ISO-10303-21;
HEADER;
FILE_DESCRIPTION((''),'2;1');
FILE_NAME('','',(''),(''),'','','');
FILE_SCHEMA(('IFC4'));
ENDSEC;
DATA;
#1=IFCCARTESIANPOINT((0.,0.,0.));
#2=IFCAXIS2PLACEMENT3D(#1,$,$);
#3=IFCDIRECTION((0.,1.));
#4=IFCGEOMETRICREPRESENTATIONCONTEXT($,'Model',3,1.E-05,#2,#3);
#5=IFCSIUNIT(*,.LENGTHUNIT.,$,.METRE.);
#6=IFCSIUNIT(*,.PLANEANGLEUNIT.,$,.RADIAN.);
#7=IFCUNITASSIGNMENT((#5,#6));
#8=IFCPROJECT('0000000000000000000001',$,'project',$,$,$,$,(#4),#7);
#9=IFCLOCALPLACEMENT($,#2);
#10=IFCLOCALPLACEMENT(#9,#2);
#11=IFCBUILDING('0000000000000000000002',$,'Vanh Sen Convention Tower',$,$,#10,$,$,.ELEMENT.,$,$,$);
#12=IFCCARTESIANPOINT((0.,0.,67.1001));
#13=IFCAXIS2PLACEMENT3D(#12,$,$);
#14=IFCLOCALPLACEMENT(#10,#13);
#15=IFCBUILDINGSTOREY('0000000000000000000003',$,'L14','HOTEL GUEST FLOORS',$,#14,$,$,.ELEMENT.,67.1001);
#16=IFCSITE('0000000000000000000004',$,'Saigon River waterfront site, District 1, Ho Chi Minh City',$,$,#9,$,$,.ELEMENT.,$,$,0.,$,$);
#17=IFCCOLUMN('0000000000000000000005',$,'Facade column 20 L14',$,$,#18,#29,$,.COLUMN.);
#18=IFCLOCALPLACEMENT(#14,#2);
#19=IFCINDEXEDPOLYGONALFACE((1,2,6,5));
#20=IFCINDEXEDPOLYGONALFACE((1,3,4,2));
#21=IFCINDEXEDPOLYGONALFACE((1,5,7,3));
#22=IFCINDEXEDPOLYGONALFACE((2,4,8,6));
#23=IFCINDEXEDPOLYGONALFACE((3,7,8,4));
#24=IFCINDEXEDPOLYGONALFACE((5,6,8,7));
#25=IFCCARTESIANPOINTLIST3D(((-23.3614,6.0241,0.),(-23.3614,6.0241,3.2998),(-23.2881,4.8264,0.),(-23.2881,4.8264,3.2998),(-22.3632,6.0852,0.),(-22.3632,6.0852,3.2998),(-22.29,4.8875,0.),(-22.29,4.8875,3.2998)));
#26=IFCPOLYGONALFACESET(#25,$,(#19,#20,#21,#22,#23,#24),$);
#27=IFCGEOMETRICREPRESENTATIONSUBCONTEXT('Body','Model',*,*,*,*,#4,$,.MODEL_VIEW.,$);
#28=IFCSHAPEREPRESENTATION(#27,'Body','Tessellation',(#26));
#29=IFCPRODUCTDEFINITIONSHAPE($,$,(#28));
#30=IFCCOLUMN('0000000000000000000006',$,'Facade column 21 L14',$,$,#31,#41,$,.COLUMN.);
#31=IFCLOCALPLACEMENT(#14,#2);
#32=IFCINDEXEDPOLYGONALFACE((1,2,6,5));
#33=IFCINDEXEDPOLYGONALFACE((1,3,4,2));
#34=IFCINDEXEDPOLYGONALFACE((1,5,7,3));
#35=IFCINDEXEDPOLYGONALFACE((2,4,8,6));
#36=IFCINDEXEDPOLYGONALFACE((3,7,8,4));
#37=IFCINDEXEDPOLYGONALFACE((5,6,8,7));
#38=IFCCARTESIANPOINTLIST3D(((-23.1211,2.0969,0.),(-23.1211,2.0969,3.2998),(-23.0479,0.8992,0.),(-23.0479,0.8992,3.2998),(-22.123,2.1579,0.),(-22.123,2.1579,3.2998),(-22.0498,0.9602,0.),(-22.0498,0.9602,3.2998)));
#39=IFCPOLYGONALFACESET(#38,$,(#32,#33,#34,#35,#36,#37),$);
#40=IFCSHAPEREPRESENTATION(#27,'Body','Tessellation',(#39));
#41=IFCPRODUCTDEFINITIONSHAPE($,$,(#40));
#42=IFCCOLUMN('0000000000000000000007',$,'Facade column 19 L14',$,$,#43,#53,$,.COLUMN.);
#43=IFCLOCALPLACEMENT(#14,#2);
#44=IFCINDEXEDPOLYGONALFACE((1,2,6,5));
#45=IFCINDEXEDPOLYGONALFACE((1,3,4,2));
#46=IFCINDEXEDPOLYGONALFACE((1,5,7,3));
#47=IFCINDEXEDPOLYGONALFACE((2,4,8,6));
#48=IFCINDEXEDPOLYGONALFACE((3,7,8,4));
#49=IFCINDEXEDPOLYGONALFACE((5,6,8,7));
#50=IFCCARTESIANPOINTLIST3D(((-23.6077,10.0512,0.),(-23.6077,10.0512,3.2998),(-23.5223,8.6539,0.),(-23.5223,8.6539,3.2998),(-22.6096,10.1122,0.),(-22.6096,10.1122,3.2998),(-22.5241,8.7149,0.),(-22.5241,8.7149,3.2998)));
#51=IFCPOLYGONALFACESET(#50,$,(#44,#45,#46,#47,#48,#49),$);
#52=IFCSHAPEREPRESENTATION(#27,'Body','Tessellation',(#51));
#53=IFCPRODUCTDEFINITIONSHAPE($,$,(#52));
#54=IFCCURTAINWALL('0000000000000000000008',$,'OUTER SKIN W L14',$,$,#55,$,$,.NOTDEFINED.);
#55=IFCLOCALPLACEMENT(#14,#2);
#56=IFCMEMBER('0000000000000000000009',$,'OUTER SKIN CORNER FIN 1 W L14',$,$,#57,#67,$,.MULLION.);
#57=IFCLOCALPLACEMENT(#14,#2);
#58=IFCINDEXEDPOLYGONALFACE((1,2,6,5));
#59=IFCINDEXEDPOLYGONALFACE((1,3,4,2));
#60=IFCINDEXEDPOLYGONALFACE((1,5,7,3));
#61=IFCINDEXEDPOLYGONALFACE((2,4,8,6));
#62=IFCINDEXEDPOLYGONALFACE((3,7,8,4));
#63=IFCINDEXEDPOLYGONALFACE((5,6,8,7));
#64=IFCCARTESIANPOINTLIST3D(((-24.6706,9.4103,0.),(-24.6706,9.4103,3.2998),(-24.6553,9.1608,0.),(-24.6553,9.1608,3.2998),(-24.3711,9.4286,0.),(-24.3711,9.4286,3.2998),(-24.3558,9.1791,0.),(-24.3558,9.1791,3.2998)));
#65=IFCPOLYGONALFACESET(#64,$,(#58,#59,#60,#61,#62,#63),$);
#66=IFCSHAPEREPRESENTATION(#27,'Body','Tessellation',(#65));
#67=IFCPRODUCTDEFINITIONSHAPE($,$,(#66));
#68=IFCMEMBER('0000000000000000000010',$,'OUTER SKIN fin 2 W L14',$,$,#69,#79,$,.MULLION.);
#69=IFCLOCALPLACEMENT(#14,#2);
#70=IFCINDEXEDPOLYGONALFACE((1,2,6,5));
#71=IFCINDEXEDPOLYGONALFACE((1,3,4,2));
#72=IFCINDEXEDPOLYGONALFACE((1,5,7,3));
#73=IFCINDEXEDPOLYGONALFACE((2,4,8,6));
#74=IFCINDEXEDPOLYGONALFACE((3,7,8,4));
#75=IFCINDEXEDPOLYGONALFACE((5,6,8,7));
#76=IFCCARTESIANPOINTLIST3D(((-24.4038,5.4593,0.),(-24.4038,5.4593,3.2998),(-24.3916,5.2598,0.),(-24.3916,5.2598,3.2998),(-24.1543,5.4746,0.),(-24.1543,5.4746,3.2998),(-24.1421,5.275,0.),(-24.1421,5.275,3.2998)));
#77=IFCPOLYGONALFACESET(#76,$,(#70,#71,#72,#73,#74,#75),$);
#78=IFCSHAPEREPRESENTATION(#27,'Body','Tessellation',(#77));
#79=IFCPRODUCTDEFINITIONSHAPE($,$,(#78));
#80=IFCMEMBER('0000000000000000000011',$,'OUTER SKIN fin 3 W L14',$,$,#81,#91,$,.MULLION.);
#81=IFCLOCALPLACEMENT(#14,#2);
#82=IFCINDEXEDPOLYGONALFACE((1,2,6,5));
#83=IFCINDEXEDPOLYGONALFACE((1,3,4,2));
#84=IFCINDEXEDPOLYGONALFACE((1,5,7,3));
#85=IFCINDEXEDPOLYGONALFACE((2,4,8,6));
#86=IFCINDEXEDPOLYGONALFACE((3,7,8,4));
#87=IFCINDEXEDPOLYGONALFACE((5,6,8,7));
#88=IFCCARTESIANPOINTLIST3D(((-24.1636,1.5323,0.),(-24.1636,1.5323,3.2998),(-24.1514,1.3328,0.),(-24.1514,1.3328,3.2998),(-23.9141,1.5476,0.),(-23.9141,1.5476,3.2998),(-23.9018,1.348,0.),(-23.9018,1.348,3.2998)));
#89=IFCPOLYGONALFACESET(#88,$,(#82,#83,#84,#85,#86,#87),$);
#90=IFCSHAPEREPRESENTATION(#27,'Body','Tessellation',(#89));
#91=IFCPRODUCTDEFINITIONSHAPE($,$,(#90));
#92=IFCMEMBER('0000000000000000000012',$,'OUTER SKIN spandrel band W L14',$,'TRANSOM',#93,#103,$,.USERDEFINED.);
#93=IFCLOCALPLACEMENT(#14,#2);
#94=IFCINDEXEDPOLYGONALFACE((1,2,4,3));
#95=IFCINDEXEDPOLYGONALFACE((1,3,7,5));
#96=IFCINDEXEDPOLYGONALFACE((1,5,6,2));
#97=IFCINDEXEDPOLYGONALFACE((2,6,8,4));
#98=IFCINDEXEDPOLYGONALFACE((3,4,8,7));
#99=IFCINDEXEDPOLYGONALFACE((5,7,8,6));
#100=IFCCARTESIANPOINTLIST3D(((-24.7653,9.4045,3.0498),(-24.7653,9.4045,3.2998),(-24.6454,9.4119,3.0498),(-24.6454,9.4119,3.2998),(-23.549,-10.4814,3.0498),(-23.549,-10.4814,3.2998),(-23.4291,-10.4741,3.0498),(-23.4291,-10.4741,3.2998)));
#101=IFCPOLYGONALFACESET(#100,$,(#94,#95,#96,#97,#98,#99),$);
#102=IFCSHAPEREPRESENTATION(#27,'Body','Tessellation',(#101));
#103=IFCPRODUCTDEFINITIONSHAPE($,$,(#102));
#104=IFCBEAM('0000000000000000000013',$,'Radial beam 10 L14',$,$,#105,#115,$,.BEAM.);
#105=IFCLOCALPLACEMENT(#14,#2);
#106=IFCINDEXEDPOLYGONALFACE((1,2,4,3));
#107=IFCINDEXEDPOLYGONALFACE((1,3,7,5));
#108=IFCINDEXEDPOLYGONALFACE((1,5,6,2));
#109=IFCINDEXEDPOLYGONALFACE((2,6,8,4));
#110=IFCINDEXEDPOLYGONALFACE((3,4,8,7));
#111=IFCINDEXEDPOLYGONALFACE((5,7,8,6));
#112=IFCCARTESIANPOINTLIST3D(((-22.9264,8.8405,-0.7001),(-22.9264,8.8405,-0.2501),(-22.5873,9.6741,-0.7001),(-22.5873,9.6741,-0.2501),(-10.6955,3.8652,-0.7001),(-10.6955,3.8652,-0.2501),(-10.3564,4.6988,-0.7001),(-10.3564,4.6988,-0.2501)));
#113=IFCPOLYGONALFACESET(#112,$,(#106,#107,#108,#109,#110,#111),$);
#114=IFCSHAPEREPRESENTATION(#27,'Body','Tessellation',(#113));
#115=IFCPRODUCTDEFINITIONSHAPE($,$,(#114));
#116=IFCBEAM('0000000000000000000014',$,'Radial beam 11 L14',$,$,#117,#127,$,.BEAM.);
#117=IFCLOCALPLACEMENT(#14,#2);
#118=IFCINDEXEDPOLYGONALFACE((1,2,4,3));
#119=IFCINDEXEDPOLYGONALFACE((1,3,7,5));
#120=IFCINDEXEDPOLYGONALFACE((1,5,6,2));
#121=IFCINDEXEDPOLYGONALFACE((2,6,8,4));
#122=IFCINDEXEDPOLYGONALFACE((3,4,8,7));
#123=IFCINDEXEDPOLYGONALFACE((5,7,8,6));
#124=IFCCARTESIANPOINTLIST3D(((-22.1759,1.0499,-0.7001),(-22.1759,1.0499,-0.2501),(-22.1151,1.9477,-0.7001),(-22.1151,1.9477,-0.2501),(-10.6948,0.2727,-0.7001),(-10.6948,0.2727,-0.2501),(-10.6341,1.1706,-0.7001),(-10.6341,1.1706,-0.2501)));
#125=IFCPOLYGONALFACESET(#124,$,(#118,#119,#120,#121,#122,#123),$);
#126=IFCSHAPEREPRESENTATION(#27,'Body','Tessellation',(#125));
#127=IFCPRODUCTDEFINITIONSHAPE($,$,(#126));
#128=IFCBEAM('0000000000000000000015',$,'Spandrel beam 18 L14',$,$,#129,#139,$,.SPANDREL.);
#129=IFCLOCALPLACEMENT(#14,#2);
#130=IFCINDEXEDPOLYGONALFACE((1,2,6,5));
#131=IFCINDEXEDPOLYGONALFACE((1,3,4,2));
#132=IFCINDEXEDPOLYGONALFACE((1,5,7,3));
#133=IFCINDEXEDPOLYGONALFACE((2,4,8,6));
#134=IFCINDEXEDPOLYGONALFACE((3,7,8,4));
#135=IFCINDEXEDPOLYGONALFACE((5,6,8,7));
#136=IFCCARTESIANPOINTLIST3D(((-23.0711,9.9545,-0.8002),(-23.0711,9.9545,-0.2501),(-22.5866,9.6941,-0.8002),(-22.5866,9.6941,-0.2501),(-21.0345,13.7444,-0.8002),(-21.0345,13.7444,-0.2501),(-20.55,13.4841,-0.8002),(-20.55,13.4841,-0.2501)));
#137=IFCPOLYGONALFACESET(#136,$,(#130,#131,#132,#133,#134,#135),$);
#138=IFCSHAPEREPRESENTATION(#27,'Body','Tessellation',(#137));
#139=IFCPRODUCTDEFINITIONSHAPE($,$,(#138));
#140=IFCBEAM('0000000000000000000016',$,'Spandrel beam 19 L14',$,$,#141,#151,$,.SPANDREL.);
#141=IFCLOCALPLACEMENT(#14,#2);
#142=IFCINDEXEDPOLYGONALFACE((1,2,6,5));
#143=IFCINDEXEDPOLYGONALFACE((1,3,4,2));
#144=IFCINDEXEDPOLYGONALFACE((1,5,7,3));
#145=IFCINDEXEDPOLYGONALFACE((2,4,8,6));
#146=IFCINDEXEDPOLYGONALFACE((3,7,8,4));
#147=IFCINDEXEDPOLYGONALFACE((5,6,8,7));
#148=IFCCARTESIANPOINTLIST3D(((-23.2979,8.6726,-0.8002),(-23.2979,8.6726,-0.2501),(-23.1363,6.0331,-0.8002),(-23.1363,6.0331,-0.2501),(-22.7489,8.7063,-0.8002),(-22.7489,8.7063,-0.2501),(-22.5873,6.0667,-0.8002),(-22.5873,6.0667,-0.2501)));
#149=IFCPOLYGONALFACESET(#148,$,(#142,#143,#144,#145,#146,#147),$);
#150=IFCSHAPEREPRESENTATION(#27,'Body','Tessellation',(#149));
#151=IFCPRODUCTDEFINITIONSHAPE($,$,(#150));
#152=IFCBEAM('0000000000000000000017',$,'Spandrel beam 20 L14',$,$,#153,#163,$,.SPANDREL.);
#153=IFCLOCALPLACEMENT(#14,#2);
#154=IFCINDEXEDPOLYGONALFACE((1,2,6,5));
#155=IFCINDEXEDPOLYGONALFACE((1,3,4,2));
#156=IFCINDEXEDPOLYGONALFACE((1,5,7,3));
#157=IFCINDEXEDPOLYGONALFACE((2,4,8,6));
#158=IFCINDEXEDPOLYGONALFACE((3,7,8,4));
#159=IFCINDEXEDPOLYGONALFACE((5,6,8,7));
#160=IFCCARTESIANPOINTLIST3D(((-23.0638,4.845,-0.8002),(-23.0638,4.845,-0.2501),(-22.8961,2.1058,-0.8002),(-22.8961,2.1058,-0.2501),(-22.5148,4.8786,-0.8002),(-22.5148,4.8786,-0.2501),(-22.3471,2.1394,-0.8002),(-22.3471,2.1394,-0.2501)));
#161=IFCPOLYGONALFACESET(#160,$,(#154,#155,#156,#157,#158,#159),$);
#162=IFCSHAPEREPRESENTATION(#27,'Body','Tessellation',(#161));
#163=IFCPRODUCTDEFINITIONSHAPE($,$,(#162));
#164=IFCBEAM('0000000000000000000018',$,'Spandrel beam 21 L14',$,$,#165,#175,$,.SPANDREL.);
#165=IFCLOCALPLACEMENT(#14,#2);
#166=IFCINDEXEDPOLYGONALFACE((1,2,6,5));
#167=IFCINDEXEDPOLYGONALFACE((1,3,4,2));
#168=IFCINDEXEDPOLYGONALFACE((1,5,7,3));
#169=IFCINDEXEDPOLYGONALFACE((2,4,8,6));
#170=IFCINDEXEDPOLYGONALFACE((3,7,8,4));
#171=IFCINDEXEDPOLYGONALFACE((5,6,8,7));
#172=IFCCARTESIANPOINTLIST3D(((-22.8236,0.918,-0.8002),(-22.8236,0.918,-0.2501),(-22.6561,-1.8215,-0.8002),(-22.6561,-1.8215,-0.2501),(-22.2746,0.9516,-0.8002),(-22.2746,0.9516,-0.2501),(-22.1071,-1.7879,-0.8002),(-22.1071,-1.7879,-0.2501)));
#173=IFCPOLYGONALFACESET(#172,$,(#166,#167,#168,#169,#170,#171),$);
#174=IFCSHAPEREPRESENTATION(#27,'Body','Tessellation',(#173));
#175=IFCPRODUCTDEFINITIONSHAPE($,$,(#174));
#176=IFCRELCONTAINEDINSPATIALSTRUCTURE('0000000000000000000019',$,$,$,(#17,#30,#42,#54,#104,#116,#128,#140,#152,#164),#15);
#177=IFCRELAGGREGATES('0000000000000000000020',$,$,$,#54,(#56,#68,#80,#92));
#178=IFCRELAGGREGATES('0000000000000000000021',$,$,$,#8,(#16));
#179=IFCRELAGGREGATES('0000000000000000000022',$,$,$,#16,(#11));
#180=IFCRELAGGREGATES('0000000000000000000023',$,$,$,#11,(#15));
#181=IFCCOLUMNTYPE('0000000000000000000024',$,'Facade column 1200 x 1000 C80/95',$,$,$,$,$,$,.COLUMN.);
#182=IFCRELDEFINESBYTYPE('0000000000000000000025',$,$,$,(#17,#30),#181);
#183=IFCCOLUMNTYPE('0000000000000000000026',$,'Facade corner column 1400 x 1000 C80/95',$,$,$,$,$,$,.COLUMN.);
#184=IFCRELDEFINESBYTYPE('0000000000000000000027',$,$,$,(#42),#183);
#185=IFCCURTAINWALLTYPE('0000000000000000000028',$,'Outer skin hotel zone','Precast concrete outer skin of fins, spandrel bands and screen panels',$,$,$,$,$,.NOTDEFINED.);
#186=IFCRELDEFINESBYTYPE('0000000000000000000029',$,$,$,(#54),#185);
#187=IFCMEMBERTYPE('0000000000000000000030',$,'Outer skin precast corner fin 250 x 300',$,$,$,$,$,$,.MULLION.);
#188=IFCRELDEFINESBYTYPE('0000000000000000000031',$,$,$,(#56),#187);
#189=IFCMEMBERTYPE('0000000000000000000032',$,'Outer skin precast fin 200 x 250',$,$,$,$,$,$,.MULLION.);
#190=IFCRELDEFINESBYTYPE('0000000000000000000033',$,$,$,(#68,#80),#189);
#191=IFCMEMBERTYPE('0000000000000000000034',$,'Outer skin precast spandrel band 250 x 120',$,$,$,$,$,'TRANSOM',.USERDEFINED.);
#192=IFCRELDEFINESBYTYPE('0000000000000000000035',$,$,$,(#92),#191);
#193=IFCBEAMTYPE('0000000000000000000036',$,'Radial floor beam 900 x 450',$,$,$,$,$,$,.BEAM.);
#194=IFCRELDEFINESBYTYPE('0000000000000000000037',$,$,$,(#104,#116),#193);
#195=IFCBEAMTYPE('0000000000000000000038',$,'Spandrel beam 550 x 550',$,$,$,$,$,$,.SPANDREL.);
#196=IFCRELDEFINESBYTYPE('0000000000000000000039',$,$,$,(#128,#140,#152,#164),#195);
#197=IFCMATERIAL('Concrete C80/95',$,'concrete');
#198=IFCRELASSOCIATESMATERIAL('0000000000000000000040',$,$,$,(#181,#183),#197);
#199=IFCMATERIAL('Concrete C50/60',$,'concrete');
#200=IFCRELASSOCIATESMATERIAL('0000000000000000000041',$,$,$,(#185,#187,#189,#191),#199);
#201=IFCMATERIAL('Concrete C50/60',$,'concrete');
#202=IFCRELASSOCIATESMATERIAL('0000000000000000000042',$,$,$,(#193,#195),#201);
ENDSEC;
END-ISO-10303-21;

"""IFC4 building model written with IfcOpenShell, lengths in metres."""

from ifc_helpers import new_model, si_unit, direction, frame, origin, origin_2d, place, context, subcontext, project, spatial, rectangle, extrude, material, material_profile, profile_set, type_object, element, aggregate, save


model = new_model("IFC4")

# Units and contexts
model_context = context("Model", 3, precision=1e-05, world=origin(), true_north=direction((0.0, 1.0)))
body_context = subcontext(model_context, "Body", "Model", "MODEL_VIEW")
ifc_project = project(units=[si_unit("LENGTHUNIT", "METRE"), si_unit("PLANEANGLEUNIT", "RADIAN")], contexts=[model_context])

# Site, building, storey
site_placement = place(None, origin())
site = spatial("IfcSite", under=ifc_project, at=site_placement, Name="Saigon River waterfront site, District 1, Ho Chi Minh City", CompositionType="ELEMENT", RefElevation=0.0)
building_placement = place(site_placement, origin())
building = spatial("IfcBuilding", under=site, at=building_placement, Name="Vanh Sen Convention Tower", CompositionType="ELEMENT")
storey_placement = place(building_placement, frame((0.0, 0.0, 67.1001)))
storey = spatial("IfcBuildingStorey", under=building, at=storey_placement, Name="L14", Description="HOTEL GUEST FLOORS", CompositionType="ELEMENT", Elevation=67.1001)

# Columns
ifc_material_1 = material(Name="Concrete C80/95", Category="concrete")
ifc_material_profile_1 = material_profile(ifc_material_1, rectangle(XDim=1.2, YDim=1.0, at=origin_2d()), Name="RC 1200X1000")
ifc_profile_set_1 = profile_set([ifc_material_profile_1], Name="Concrete C80/95")
column_type_1 = type_object("IfcColumnType", Name="Facade column 1200 x 1000 C80/95", PredefinedType="COLUMN", material=ifc_profile_set_1)
for number, where, z_axis, x_axis, name in (
    (1, (-22.8257, 5.4558, 0.0), (0.0, 0.0, 1.0), (0.061049, -0.998135, 0.0), "Facade column 20 L14"),
    (2, (-22.5854, 1.5286, 0.0), (0.0, 0.0, 1.0), (0.061049, -0.998135, 0.0), "Facade column 21 L14"),
):
    element("IfcColumn", number, at=place(storey_placement, frame(where, z_axis=z_axis, x_axis=x_axis)), inside=storey, type_object=column_type_1, Name=name, PredefinedType="COLUMN", context=body_context, shape_type="SweptSolid", body=[
        extrude(rectangle(XDim=1.2, YDim=1.0, at=origin_2d()), origin(), (0.0, 0.0, 1.0), 3.2998),
    ])
ifc_material_profile_2 = material_profile(ifc_material_1, rectangle(XDim=1.3999, YDim=1.0, at=origin_2d()), Name="RC 1400X1000")
ifc_profile_set_2 = profile_set([ifc_material_profile_2], Name="Concrete C80/95")
column_type_2 = type_object("IfcColumnType", Name="Facade corner column 1400 x 1000 C80/95", PredefinedType="COLUMN", material=ifc_profile_set_2)
column_placement = place(storey_placement, frame((-23.0659, 9.3831, 0.0), z_axis=(0.0, 0.0, 1.0), x_axis=(0.061049, -0.998135, 0.0)))
element("IfcColumn", 3, at=column_placement, inside=storey, type_object=column_type_2, Name="Facade column 19 L14", PredefinedType="COLUMN", context=body_context, shape_type="SweptSolid", body=[
    extrude(rectangle(XDim=1.3999, YDim=1.0, at=origin_2d()), origin(), (0.0, 0.0, 1.0), 3.2998),
])

# Curtain wall, members
ifc_material_2 = material(Name="Concrete C50/60", Category="concrete")
curtain_wall_type = type_object("IfcCurtainWallType", Name="Outer skin hotel zone", Description="Precast concrete outer skin of fins, spandrel bands and screen panels", PredefinedType="NOTDEFINED", material=ifc_material_2)
curtain_wall_1_placement = place(storey_placement, origin())
curtain_wall_1 = element("IfcCurtainWall", 4, at=curtain_wall_1_placement, inside=storey, type_object=curtain_wall_type, Name="OUTER SKIN W L14", PredefinedType="NOTDEFINED")
ifc_material_profile_3 = material_profile(ifc_material_2, rectangle(XDim=0.25, YDim=0.3, at=origin_2d()), Name="Outer skin precast corner fin 250 x 300")
ifc_profile_set_3 = profile_set([ifc_material_profile_3], Name="Concrete C50/60")
member_type_1 = type_object("IfcMemberType", Name="Outer skin precast corner fin 250 x 300", PredefinedType="MULLION", material=ifc_profile_set_3)
member_1_placement = place(storey_placement, frame((-24.5132, 9.2947, 0.0), z_axis=(0.0, 0.0, 1.0), x_axis=(0.061049, -0.998135, 0.0)))
member_1 = element("IfcMember", 5, at=member_1_placement, type_object=member_type_1, Name="OUTER SKIN CORNER FIN 1 W L14", PredefinedType="MULLION", context=body_context, shape_type="SweptSolid", body=[
    extrude(rectangle(XDim=0.25, YDim=0.3, at=origin_2d()), origin(), (0.0, 0.0, 1.0), 3.2998),
])
ifc_material_profile_4 = material_profile(ifc_material_2, rectangle(XDim=0.2, YDim=0.25, at=origin_2d()), Name="Outer skin precast fin 200 x 250")
ifc_profile_set_4 = profile_set([ifc_material_profile_4], Name="Concrete C50/60")
member_type_2 = type_object("IfcMemberType", Name="Outer skin precast fin 200 x 250", PredefinedType="MULLION", material=ifc_profile_set_4)
member_2_placement = place(storey_placement, frame((-24.2729, 5.3672, 0.0), z_axis=(0.0, 0.0, 1.0), x_axis=(0.061049, -0.998135, 0.0)))
member_2 = element("IfcMember", 6, at=member_2_placement, type_object=member_type_2, Name="OUTER SKIN fin 2 W L14", PredefinedType="MULLION", context=body_context, shape_type="SweptSolid", body=[
    extrude(rectangle(XDim=0.2, YDim=0.25, at=origin_2d()), origin(), (0.0, 0.0, 1.0), 3.2998),
])
member_3_placement = place(storey_placement, frame((-24.0327, 1.4402, 0.0), z_axis=(0.0, 0.0, 1.0), x_axis=(0.061049, -0.998135, 0.0)))
member_3 = element("IfcMember", 7, at=member_3_placement, type_object=member_type_2, Name="OUTER SKIN fin 3 W L14", PredefinedType="MULLION", context=body_context, shape_type="SweptSolid", body=[
    extrude(rectangle(XDim=0.2, YDim=0.25, at=origin_2d()), origin(), (0.0, 0.0, 1.0), 3.2998),
])
ifc_material_profile_5 = material_profile(ifc_material_2, rectangle(XDim=0.1201, YDim=0.25, at=origin_2d()), Name="Outer skin precast spandrel band 250 x 120")
ifc_profile_set_5 = profile_set([ifc_material_profile_5], Name="Concrete C50/60")
member_type_3 = type_object("IfcMemberType", Name="Outer skin precast spandrel band 250 x 120", ElementType="TRANSOM", PredefinedType="USERDEFINED", material=ifc_profile_set_5)
member_4_placement = place(storey_placement, frame((-24.7053, 9.4082, 3.1748), z_axis=(0.06105, -0.998135, 0.0), x_axis=(0.998135, 0.06105, 0.0)))
member_4 = element("IfcMember", 8, at=member_4_placement, type_object=member_type_3, Name="OUTER SKIN spandrel band W L14", ObjectType="TRANSOM", PredefinedType="USERDEFINED", context=body_context, shape_type="SweptSolid", body=[
    extrude(rectangle(XDim=0.1201, YDim=0.25, at=origin_2d()), origin(), (0.0, 0.0, 1.0), 19.9231),
])

# Beams
ifc_material_3 = material(Name="Concrete C50/60", Category="concrete")
ifc_material_profile_6 = material_profile(ifc_material_3, rectangle(XDim=0.8999, YDim=0.45, at=origin_2d()), Name="RC 900X450")
ifc_profile_set_6 = profile_set([ifc_material_profile_6], Name="Concrete C50/60")
beam_type_1 = type_object("IfcBeamType", Name="Radial floor beam 900 x 450", PredefinedType="BEAM", material=ifc_profile_set_6)
beam_1_placement = place(storey_placement, frame((-22.7568, 9.2573, -0.4751), z_axis=(0.926294, -0.376801, 0.0), x_axis=(0.376801, 0.926294, 0.0)))
element("IfcBeam", 9, at=beam_1_placement, inside=storey, type_object=beam_type_1, Name="Radial beam 10 L14", PredefinedType="BEAM", context=body_context, shape_type="SweptSolid", body=[
    extrude(rectangle(XDim=0.8999, YDim=0.45, at=origin_2d()), origin(), (0.0, 0.0, 1.0), 13.2041),
])
beam_2_placement = place(storey_placement, frame((-22.1455, 1.4988, -0.4751), z_axis=(0.997717, -0.067531, 0.0), x_axis=(0.067531, 0.997717, 0.0)))
element("IfcBeam", 10, at=beam_2_placement, inside=storey, type_object=beam_type_1, Name="Radial beam 11 L14", PredefinedType="BEAM", context=body_context, shape_type="SweptSolid", body=[
    extrude(rectangle(XDim=0.8999, YDim=0.45, at=origin_2d()), origin(), (0.0, 0.0, 1.0), 11.5073),
])
ifc_material_profile_7 = material_profile(ifc_material_3, rectangle(XDim=0.55, YDim=0.55, at=origin_2d()), Name="RC 550X550")
ifc_profile_set_7 = profile_set([ifc_material_profile_7], Name="Concrete C50/60")
beam_type_2 = type_object("IfcBeamType", Name="Spandrel beam 550 x 550", PredefinedType="SPANDREL", material=ifc_profile_set_7)
beam_3_placement = place(storey_placement, frame((-20.7922, 13.6143, -0.5251), z_axis=(-0.473348, -0.880875, 0.0), x_axis=(0.880875, -0.473348, 0.0)))
element("IfcBeam", 11, at=beam_3_placement, inside=storey, type_object=beam_type_2, Name="Spandrel beam 18 L14", PredefinedType="SPANDREL", context=body_context, shape_type="SweptSolid", body=[
    extrude(rectangle(XDim=0.55, YDim=0.55, at=origin_2d()), origin(), (0.0, 0.0, 1.0), 4.3025),
])
beam_4_placement = place(storey_placement, frame((-23.0234, 8.6895, -0.5251), z_axis=(0.061114, -0.998131, 0.0), x_axis=(0.998131, 0.061114, 0.0)))
element("IfcBeam", 12, at=beam_4_placement, inside=storey, type_object=beam_type_2, Name="Spandrel beam 19 L14", PredefinedType="SPANDREL", context=body_context, shape_type="SweptSolid", body=[
    extrude(rectangle(XDim=0.55, YDim=0.55, at=origin_2d()), origin(), (0.0, 0.0, 1.0), 2.6445),
])
beam_5_placement = place(storey_placement, frame((-22.7893, 4.8618, -0.5251), z_axis=(0.061115, -0.998131, 0.0), x_axis=(0.998131, 0.061115, 0.0)))
element("IfcBeam", 13, at=beam_5_placement, inside=storey, type_object=beam_type_2, Name="Spandrel beam 20 L14", PredefinedType="SPANDREL", context=body_context, shape_type="SweptSolid", body=[
    extrude(rectangle(XDim=0.55, YDim=0.55, at=origin_2d()), origin(), (0.0, 0.0, 1.0), 2.7444),
])
beam_6_placement = place(storey_placement, frame((-22.5491, 0.9348, -0.5251), z_axis=(0.061021, -0.998136, 0.0), x_axis=(0.998136, 0.061021, 0.0)))
element("IfcBeam", 14, at=beam_6_placement, inside=storey, type_object=beam_type_2, Name="Spandrel beam 21 L14", PredefinedType="SPANDREL", context=body_context, shape_type="SweptSolid", body=[
    extrude(rectangle(XDim=0.55, YDim=0.55, at=origin_2d()), origin(), (0.0, 0.0, 1.0), 2.7446),
])

aggregate(curtain_wall_1, [member_1, member_2, member_3, member_4])

save(model, "model.ifc")
